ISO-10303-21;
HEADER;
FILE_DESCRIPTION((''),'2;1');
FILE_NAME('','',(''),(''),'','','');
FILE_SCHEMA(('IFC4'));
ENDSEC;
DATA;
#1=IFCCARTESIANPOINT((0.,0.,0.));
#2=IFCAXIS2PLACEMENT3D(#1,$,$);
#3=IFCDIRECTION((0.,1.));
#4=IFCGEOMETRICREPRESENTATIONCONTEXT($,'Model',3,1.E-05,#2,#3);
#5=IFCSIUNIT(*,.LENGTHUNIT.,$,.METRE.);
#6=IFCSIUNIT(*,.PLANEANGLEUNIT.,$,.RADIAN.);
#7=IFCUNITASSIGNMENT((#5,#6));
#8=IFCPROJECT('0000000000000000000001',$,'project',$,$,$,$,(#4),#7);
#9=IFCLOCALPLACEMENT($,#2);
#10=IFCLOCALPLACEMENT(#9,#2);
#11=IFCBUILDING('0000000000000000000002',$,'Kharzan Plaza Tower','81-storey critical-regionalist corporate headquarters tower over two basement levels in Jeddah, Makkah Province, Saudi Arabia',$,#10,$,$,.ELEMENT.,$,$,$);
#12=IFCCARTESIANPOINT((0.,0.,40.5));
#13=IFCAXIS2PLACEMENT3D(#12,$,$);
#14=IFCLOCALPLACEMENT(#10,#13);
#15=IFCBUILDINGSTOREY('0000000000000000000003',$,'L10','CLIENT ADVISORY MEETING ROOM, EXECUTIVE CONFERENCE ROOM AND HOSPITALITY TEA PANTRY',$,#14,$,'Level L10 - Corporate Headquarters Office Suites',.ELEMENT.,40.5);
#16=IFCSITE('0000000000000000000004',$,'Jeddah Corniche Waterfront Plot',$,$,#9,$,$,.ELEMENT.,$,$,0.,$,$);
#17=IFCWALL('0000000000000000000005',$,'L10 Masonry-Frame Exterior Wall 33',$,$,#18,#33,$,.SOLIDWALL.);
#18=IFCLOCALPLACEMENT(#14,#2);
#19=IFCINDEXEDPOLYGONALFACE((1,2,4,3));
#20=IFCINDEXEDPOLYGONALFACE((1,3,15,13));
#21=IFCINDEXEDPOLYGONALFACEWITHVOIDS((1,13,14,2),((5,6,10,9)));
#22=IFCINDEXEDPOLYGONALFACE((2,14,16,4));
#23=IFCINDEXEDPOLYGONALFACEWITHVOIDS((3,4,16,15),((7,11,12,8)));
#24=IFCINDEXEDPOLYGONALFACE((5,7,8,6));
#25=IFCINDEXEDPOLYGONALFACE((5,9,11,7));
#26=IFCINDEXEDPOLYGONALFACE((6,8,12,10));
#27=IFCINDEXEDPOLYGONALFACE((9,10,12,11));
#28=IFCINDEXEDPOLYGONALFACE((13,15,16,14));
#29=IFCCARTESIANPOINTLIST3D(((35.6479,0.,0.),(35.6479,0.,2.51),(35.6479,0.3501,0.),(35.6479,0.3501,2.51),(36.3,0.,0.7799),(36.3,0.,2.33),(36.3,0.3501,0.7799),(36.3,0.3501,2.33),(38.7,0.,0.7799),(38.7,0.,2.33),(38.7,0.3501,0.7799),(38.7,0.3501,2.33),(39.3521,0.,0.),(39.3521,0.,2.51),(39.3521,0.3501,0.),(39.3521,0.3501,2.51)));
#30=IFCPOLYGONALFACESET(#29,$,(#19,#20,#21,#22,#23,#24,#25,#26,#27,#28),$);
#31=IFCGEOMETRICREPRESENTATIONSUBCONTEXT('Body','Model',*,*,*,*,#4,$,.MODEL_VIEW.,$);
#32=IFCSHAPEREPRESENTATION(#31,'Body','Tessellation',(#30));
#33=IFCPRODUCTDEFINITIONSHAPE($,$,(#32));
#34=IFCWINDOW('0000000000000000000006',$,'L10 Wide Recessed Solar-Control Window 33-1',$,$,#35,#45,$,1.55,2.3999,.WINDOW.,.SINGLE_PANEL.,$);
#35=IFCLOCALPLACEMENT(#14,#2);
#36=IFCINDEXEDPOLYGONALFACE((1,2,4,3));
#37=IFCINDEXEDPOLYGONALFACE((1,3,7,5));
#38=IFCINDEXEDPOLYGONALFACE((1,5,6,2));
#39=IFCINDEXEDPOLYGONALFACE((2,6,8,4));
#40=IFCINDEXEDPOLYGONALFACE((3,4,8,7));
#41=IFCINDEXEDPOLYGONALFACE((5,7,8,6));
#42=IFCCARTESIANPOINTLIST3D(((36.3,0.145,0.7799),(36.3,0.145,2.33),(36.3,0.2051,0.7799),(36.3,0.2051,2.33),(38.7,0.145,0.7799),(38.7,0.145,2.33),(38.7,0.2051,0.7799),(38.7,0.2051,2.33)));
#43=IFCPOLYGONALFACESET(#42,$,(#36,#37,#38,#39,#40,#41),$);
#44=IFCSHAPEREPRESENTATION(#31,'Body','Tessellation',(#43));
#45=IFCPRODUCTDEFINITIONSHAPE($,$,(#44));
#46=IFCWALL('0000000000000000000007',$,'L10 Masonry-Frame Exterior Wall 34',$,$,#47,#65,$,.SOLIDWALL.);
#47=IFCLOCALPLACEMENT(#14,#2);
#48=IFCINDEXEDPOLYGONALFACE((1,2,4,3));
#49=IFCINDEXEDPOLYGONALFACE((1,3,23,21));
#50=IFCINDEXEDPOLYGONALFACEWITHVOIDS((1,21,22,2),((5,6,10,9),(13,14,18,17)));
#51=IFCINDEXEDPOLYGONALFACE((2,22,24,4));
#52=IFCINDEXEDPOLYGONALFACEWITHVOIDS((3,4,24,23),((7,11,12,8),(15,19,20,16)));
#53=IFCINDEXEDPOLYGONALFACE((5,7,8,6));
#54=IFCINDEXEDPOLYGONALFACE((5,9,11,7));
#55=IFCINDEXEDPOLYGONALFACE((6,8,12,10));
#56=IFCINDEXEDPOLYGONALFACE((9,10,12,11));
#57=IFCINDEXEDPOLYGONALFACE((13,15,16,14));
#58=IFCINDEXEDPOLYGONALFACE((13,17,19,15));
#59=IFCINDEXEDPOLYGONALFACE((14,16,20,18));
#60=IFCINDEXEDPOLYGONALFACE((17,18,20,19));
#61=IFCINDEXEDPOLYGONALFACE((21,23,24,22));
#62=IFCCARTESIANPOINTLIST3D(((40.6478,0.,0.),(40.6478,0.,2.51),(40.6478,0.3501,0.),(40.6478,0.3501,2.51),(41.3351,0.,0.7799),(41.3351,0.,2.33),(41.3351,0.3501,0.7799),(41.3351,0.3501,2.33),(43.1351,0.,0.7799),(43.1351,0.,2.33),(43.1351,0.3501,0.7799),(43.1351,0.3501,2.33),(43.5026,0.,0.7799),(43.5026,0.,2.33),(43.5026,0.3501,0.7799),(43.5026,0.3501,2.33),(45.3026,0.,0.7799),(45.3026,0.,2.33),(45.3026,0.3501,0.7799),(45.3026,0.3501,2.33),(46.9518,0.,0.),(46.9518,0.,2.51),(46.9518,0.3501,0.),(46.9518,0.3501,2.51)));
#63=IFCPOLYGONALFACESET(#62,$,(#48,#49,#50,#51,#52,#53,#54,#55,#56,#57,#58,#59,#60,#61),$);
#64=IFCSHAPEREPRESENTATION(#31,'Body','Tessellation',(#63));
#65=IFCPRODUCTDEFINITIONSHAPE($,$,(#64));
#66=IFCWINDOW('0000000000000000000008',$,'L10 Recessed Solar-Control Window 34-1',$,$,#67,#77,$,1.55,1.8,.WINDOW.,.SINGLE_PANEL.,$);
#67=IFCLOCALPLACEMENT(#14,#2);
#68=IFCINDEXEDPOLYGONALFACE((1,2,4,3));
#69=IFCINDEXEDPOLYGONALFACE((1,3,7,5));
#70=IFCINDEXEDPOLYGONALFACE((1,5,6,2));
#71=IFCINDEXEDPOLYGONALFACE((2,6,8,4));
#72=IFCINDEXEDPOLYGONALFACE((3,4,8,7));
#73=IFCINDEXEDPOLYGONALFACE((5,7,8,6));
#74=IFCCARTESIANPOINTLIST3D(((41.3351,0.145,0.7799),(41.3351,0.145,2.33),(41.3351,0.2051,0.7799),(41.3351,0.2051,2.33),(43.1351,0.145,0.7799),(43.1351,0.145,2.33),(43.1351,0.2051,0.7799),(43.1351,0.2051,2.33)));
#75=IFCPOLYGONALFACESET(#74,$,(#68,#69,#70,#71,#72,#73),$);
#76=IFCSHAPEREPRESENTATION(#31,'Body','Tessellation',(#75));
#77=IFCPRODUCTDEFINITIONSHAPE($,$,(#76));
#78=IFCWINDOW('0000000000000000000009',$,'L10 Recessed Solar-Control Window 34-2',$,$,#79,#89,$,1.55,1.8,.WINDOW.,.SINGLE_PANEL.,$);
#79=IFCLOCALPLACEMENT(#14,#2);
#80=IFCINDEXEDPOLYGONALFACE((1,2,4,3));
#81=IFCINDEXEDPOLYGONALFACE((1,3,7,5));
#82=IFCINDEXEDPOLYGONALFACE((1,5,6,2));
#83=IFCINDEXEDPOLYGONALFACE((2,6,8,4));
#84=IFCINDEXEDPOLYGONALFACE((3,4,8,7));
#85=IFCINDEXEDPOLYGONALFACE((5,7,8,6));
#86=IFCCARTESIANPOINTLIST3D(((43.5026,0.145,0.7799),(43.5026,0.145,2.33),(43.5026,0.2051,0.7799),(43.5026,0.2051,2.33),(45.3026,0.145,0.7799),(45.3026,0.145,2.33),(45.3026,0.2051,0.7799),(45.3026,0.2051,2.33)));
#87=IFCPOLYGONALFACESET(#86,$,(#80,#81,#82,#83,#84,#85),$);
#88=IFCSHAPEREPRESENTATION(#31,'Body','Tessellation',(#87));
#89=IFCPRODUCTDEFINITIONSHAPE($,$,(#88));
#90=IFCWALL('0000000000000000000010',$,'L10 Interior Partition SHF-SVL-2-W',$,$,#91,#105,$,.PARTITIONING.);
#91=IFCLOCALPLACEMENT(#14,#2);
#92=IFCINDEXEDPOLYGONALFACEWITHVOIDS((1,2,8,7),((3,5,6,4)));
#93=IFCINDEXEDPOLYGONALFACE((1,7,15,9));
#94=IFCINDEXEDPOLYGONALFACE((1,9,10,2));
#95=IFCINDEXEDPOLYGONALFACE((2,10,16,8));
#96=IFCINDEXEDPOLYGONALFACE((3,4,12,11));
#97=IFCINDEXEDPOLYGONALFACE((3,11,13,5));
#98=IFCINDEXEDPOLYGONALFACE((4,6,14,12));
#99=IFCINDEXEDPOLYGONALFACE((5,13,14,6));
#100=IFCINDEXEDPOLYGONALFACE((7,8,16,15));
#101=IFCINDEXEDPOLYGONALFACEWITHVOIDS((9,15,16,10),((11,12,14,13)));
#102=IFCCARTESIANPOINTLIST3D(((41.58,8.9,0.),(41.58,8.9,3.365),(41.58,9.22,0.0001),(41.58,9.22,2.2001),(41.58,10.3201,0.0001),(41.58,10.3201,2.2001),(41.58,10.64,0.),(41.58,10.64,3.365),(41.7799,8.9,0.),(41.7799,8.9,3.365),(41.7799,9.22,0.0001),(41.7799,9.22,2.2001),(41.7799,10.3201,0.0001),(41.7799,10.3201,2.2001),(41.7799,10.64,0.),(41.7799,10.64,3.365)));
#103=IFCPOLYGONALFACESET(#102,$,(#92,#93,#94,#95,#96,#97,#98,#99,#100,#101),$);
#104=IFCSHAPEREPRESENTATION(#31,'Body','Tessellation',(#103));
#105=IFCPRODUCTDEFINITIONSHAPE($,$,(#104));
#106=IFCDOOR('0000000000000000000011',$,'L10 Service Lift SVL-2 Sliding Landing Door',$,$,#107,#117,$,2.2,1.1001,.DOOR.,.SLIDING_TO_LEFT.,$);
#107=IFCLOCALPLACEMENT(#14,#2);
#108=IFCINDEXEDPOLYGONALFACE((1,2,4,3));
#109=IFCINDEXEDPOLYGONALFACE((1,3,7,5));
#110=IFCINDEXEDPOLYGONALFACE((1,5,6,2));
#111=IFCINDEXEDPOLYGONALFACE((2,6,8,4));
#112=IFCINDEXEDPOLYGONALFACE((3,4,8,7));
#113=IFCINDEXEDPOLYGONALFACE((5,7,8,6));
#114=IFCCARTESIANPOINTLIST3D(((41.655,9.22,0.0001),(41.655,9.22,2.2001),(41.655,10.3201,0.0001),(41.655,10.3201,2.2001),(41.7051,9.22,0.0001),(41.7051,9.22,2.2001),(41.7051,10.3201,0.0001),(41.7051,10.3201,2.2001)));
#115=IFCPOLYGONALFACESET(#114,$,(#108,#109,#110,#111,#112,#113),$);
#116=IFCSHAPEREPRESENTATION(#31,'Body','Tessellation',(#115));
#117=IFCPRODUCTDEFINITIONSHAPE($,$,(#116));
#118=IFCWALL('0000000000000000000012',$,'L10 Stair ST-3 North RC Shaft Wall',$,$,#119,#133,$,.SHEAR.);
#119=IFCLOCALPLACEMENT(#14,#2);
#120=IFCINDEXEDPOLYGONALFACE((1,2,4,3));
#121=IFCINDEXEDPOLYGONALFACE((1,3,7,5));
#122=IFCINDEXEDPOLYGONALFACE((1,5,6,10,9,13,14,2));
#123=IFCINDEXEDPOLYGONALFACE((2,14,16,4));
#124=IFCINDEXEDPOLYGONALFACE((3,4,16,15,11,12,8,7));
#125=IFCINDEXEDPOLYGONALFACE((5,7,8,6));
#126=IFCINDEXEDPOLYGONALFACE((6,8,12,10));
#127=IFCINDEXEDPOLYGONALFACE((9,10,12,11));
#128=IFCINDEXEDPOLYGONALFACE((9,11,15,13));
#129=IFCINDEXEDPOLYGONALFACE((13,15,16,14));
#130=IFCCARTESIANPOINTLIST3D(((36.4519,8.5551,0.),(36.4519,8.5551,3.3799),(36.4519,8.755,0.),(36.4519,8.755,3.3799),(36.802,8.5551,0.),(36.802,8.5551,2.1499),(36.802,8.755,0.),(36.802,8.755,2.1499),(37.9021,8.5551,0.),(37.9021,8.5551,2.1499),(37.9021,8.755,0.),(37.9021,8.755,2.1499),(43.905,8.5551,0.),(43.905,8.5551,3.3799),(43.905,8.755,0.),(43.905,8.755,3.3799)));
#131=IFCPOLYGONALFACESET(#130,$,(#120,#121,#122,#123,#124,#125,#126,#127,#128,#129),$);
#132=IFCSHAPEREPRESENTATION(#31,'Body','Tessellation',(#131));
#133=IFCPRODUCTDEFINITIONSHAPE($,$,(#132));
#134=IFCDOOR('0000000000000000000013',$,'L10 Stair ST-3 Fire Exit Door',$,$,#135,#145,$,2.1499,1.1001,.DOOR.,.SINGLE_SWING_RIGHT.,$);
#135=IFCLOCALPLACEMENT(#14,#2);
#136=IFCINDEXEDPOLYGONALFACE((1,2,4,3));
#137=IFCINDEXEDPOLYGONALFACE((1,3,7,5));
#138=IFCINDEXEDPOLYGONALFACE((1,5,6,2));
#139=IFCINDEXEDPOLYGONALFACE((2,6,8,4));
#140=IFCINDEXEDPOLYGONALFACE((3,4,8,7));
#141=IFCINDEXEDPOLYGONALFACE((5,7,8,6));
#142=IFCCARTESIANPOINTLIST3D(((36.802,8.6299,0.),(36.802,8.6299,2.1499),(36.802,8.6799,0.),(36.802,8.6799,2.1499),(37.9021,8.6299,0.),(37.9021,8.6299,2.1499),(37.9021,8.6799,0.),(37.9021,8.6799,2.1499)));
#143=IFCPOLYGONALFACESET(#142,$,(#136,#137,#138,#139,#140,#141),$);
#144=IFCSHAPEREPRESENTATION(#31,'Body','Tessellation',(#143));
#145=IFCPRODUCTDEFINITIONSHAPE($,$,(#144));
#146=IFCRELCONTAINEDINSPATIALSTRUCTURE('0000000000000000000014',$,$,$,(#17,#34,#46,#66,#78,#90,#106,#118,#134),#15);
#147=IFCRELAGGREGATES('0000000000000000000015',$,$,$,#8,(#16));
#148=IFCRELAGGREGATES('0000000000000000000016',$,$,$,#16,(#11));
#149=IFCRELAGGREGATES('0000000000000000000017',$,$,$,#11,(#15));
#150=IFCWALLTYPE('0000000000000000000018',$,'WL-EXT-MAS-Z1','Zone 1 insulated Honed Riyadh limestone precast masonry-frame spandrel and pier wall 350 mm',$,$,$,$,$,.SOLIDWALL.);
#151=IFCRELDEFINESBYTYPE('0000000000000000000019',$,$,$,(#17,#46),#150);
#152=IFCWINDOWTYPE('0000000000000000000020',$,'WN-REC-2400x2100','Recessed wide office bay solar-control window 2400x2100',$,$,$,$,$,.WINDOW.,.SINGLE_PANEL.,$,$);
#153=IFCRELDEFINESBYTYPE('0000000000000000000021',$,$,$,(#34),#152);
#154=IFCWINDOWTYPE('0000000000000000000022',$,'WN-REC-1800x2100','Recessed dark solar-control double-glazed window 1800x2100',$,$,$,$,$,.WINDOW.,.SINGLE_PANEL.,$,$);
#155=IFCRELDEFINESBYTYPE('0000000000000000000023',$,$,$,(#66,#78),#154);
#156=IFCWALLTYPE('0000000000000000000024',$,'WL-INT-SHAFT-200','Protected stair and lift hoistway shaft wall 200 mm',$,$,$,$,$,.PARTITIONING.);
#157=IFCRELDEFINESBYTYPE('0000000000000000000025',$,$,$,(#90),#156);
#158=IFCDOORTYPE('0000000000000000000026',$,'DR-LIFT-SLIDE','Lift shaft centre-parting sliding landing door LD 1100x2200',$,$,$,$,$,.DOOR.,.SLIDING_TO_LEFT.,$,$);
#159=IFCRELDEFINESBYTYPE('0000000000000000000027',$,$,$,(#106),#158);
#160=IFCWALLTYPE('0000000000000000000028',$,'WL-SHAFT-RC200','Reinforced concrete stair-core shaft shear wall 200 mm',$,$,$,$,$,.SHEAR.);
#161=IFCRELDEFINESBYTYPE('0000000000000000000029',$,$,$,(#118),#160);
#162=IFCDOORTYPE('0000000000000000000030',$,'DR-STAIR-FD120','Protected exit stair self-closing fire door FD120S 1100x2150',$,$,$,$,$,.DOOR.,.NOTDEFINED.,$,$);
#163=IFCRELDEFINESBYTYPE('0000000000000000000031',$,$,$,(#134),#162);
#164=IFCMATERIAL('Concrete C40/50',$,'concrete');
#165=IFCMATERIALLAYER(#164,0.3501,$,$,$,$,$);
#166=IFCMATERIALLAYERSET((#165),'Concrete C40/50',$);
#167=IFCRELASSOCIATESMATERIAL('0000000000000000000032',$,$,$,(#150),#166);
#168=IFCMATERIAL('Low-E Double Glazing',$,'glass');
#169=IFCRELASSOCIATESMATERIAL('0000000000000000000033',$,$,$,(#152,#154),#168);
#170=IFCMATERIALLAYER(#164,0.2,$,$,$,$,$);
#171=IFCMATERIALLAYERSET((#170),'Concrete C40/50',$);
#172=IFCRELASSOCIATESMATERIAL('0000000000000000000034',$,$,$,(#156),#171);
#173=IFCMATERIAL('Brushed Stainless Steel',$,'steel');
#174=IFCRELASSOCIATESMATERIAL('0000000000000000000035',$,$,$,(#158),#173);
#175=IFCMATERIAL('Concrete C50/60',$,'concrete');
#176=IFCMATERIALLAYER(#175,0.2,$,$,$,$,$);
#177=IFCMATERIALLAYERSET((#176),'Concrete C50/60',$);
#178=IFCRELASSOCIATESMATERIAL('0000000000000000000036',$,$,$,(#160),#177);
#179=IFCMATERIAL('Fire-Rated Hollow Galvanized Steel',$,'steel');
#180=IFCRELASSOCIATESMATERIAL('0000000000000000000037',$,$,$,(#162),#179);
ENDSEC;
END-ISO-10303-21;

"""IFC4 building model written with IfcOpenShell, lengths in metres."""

from ifc_helpers import new_model, si_unit, direction, frame, frame_2d, origin, place, context, subcontext, project, spatial, rectangle, extrude, source, transform, mapped, material, layer, layer_set, type_object, element, fill, save


model = new_model("IFC4")

# Units and contexts
model_context = context("Model", 3, precision=1e-05, world=origin(), true_north=direction((0.0, 1.0)))
body_context = subcontext(model_context, "Body", "Model", "MODEL_VIEW")
ifc_project = project(units=[si_unit("LENGTHUNIT", "METRE"), si_unit("PLANEANGLEUNIT", "RADIAN")], contexts=[model_context])

# Site, building, storey
site_placement = place(None, origin())
site = spatial("IfcSite", under=ifc_project, at=site_placement, Name="Jeddah Corniche Waterfront Plot", CompositionType="ELEMENT", RefElevation=0.0)
building_placement = place(site_placement, origin())
building = spatial("IfcBuilding", under=site, at=building_placement, Name="Kharzan Plaza Tower", Description="81-storey critical-regionalist corporate headquarters tower over two basement levels in Jeddah, Makkah Province, Saudi Arabia", CompositionType="ELEMENT")
storey_placement = place(building_placement, frame((0.0, 0.0, 40.5)))
storey = spatial("IfcBuildingStorey", under=building, at=storey_placement, Name="L10", Description="CLIENT ADVISORY MEETING ROOM, EXECUTIVE CONFERENCE ROOM AND HOSPITALITY TEA PANTRY", LongName="Level L10 - Corporate Headquarters Office Suites", CompositionType="ELEMENT", Elevation=40.5)

# Wall, opening, window
ifc_material_1 = material(Name="Concrete C40/50", Category="concrete")
ifc_layer_1 = layer(ifc_material_1, 0.3501)
ifc_layer_set_1 = layer_set([ifc_layer_1], Name="Concrete C40/50")
wall_type_1 = type_object("IfcWallType", Name="WL-EXT-MAS-Z1", Description="Zone 1 insulated Honed Riyadh limestone precast masonry-frame spandrel and pier wall 350 mm", PredefinedType="SOLIDWALL", material=ifc_layer_set_1)
wall_1_placement = place(storey_placement, frame((35.6479, 0.175, 0.0), z_axis=(0.0, 0.0, 1.0), x_axis=(1.0, 0.0, 0.0)))
wall_1 = element("IfcWall", 1, at=wall_1_placement, inside=storey, type_object=wall_type_1, Name="L10 Masonry-Frame Exterior Wall 33", PredefinedType="SOLIDWALL", context=body_context, shape_type="SweptSolid", body=[
    extrude(rectangle(XDim=3.7041, YDim=0.3501, at=frame_2d((1.8521, 0.0))), origin(), (0.0, 0.0, 1.0), 2.51),
])
opening_1_placement = place(wall_1_placement, frame((0.6521, 0.0, 0.78)))
opening_1 = element("IfcOpeningElement", 2, at=opening_1_placement, cuts=wall_1, PredefinedType="OPENING", context=body_context, shape_type="SweptSolid", body=[
    extrude(rectangle(XDim=2.3999, YDim=1.55, at=frame_2d((1.2, 0.7749))), frame((0.0, 0.1851, 0.0), z_axis=(0.0, -1.0, 0.0), x_axis=(1.0, 0.0, 0.0)), (0.0, 0.0, 1.0), 0.3701),
])
ifc_material_2 = material(Name="Low-E Double Glazing", Category="glass")
window_type_1 = type_object("IfcWindowType", Name="WN-REC-2400x2100", Description="Recessed wide office bay solar-control window 2400x2100", PartitioningType="SINGLE_PANEL", PredefinedType="WINDOW", material=ifc_material_2)
shared_shape_1 = source(origin(), body_context, "Body", "SweptSolid", [
    extrude(rectangle(XDim=2.3999, YDim=1.55, at=frame_2d((1.2, 0.7749))), frame((0.0, 0.03, 0.0), z_axis=(0.0, -1.0, 0.0), x_axis=(1.0, 0.0, 0.0)), (0.0, 0.0, 1.0), 0.0601),
])
window_1_placement = place(opening_1_placement, origin())
window_1 = element("IfcWindow", 3, at=window_1_placement, inside=storey, type_object=window_type_1, Name="L10 Wide Recessed Solar-Control Window 33-1", OverallHeight=1.55, OverallWidth=2.3999, PartitioningType="SINGLE_PANEL", PredefinedType="WINDOW", context=body_context, shape_type="MappedRepresentation", body=[
    mapped(shared_shape_1, transform((0.0, 0.0, 0.0), x_axis=(1.0, 0.0, 0.0), y_axis=(0.0, 1.0, 0.0), z_axis=(0.0, 0.0, 1.0))),
])
fill(opening_1, window_1)

# Wall, openings, windows
wall_2_placement = place(storey_placement, frame((40.6479, 0.175, 0.0), z_axis=(0.0, 0.0, 1.0), x_axis=(1.0, 0.0, 0.0)))
wall_2 = element("IfcWall", 4, at=wall_2_placement, inside=storey, type_object=wall_type_1, Name="L10 Masonry-Frame Exterior Wall 34", PredefinedType="SOLIDWALL", context=body_context, shape_type="SweptSolid", body=[
    extrude(rectangle(XDim=6.304, YDim=0.3501, at=frame_2d((3.1519, 0.0))), origin(), (0.0, 0.0, 1.0), 2.51),
])
opening_2_placement = place(wall_2_placement, frame((0.6873, 0.0, 0.78)))
opening_2 = element("IfcOpeningElement", 5, at=opening_2_placement, cuts=wall_2, PredefinedType="OPENING", context=body_context, shape_type="SweptSolid", body=[
    extrude(rectangle(XDim=1.8, YDim=1.55, at=frame_2d((0.8999, 0.7749))), frame((0.0, 0.1851, 0.0), z_axis=(0.0, -1.0, 0.0), x_axis=(1.0, 0.0, 0.0)), (0.0, 0.0, 1.0), 0.3701),
])
opening_3_placement = place(wall_2_placement, frame((2.8547, 0.0, 0.78)))
opening_3 = element("IfcOpeningElement", 6, at=opening_3_placement, cuts=wall_2, PredefinedType="OPENING", context=body_context, shape_type="SweptSolid", body=[
    extrude(rectangle(XDim=1.8, YDim=1.55, at=frame_2d((0.8999, 0.7749))), frame((0.0, 0.1851, 0.0), z_axis=(0.0, -1.0, 0.0), x_axis=(1.0, 0.0, 0.0)), (0.0, 0.0, 1.0), 0.3701),
])
window_type_2 = type_object("IfcWindowType", Name="WN-REC-1800x2100", Description="Recessed dark solar-control double-glazed window 1800x2100", PartitioningType="SINGLE_PANEL", PredefinedType="WINDOW", material=ifc_material_2)
shared_shape_2 = source(origin(), body_context, "Body", "SweptSolid", [
    extrude(rectangle(XDim=1.8, YDim=1.55, at=frame_2d((0.8999, 0.7749))), frame((0.0, 0.03, 0.0), z_axis=(0.0, -1.0, 0.0), x_axis=(1.0, 0.0, 0.0)), (0.0, 0.0, 1.0), 0.0601),
])
window_2_placement = place(opening_2_placement, origin())
window_2 = element("IfcWindow", 7, at=window_2_placement, inside=storey, type_object=window_type_2, Name="L10 Recessed Solar-Control Window 34-1", OverallHeight=1.55, OverallWidth=1.8, PartitioningType="SINGLE_PANEL", PredefinedType="WINDOW", context=body_context, shape_type="MappedRepresentation", body=[
    mapped(shared_shape_2, transform((0.0, 0.0, 0.0), x_axis=(1.0, 0.0, 0.0), y_axis=(0.0, 1.0, 0.0), z_axis=(0.0, 0.0, 1.0))),
])
fill(opening_2, window_2)
window_3_placement = place(opening_3_placement, origin())
window_3 = element("IfcWindow", 8, at=window_3_placement, inside=storey, type_object=window_type_2, Name="L10 Recessed Solar-Control Window 34-2", OverallHeight=1.55, OverallWidth=1.8, PartitioningType="SINGLE_PANEL", PredefinedType="WINDOW", context=body_context, shape_type="MappedRepresentation", body=[
    mapped(shared_shape_2, transform((0.0, 0.0, 0.0), x_axis=(1.0, 0.0, 0.0), y_axis=(0.0, 1.0, 0.0), z_axis=(0.0, 0.0, 1.0))),
])
fill(opening_3, window_3)

# Walls, openings, doors
ifc_layer_2 = layer(ifc_material_1, 0.2)
ifc_layer_set_2 = layer_set([ifc_layer_2], Name="Concrete C40/50")
wall_type_2 = type_object("IfcWallType", Name="WL-INT-SHAFT-200", Description="Protected stair and lift hoistway shaft wall 200 mm", PredefinedType="PARTITIONING", material=ifc_layer_set_2)
wall_3_placement = place(storey_placement, frame((41.6799, 8.8999, 0.0), z_axis=(0.0, 0.0, 1.0), x_axis=(0.0, 1.0, 0.0)))
wall_3 = element("IfcWall", 9, at=wall_3_placement, inside=storey, type_object=wall_type_2, Name="L10 Interior Partition SHF-SVL-2-W", PredefinedType="PARTITIONING", context=body_context, shape_type="SweptSolid", body=[
    extrude(rectangle(XDim=1.74, YDim=0.2, at=frame_2d((0.8701, 0.0))), origin(), (0.0, 0.0, 1.0), 3.365),
])
opening_4_placement = place(wall_3_placement, frame((0.3201, 0.0, 0.0)))
opening_4 = element("IfcOpeningElement", 10, at=opening_4_placement, cuts=wall_3, PredefinedType="OPENING", context=body_context, shape_type="SweptSolid", body=[
    extrude(rectangle(XDim=1.1001, YDim=2.2, at=frame_2d((0.55, 1.1001))), frame((0.0, 0.1099, 0.0), z_axis=(0.0, -1.0, 0.0), x_axis=(1.0, 0.0, 0.0)), (0.0, 0.0, 1.0), 0.22),
])
ifc_material_3 = material(Name="Brushed Stainless Steel", Category="steel")
door_type_1 = type_object("IfcDoorType", Name="DR-LIFT-SLIDE", Description="Lift shaft centre-parting sliding landing door LD 1100x2200", OperationType="SLIDING_TO_LEFT", PredefinedType="DOOR", material=ifc_material_3)
shared_shape_3 = source(origin(), body_context, "Body", "SweptSolid", [
    extrude(rectangle(XDim=1.1001, YDim=2.2, at=frame_2d((0.55, 1.1001))), frame((0.0, 0.0249, 0.0), z_axis=(0.0, -1.0, 0.0), x_axis=(1.0, 0.0, 0.0)), (0.0, 0.0, 1.0), 0.05),
])
door_1_placement = place(opening_4_placement, origin())
door_1 = element("IfcDoor", 11, at=door_1_placement, inside=storey, type_object=door_type_1, Name="L10 Service Lift SVL-2 Sliding Landing Door", OperationType="SLIDING_TO_LEFT", OverallHeight=2.2, OverallWidth=1.1001, PredefinedType="DOOR", context=body_context, shape_type="MappedRepresentation", body=[
    mapped(shared_shape_3, transform((0.0, 0.0, 0.0), x_axis=(1.0, 0.0, 0.0), y_axis=(0.0, 1.0, 0.0), z_axis=(0.0, 0.0, 1.0))),
])
fill(opening_4, door_1)
ifc_material_4 = material(Name="Concrete C50/60", Category="concrete")
ifc_layer_3 = layer(ifc_material_4, 0.2)
ifc_layer_set_3 = layer_set([ifc_layer_3], Name="Concrete C50/60")
wall_type_3 = type_object("IfcWallType", Name="WL-SHAFT-RC200", Description="Reinforced concrete stair-core shaft shear wall 200 mm", PredefinedType="SHEAR", material=ifc_layer_set_3)
wall_4_placement = place(storey_placement, frame((36.4519, 8.655, 0.0), z_axis=(0.0, 0.0, 1.0), x_axis=(1.0, 0.0, 0.0)))
wall_4 = element("IfcWall", 12, at=wall_4_placement, inside=storey, type_object=wall_type_3, Name="L10 Stair ST-3 North RC Shaft Wall", PredefinedType="SHEAR", context=body_context, shape_type="SweptSolid", body=[
    extrude(rectangle(XDim=7.4531, YDim=0.2, at=frame_2d((3.7266, 0.0))), origin(), (0.0, 0.0, 1.0), 3.3799),
])
opening_5_placement = place(wall_4_placement, frame((0.3501, 0.0, 0.0)))
opening_5 = element("IfcOpeningElement", 13, at=opening_5_placement, cuts=wall_4, PredefinedType="OPENING", context=body_context, shape_type="SweptSolid", body=[
    extrude(rectangle(XDim=1.1001, YDim=2.1499, at=frame_2d((0.55, 1.075))), frame((0.0, 0.1099, 0.0), z_axis=(0.0, -1.0, 0.0), x_axis=(1.0, 0.0, 0.0)), (0.0, 0.0, 1.0), 0.22),
])
ifc_material_5 = material(Name="Fire-Rated Hollow Galvanized Steel", Category="steel")
door_type_2 = type_object("IfcDoorType", Name="DR-STAIR-FD120", Description="Protected exit stair self-closing fire door FD120S 1100x2150", OperationType="NOTDEFINED", PredefinedType="DOOR", material=ifc_material_5)
shared_shape_4 = source(origin(), body_context, "Body", "SweptSolid", [
    extrude(rectangle(XDim=1.1001, YDim=2.1499, at=frame_2d((0.55, 1.075))), frame((0.0, 0.0249, 0.0), z_axis=(0.0, -1.0, 0.0), x_axis=(1.0, 0.0, 0.0)), (0.0, 0.0, 1.0), 0.05),
])
door_2_placement = place(opening_5_placement, origin())
door_2 = element("IfcDoor", 14, at=door_2_placement, inside=storey, type_object=door_type_2, Name="L10 Stair ST-3 Fire Exit Door", OperationType="SINGLE_SWING_RIGHT", OverallHeight=2.1499, OverallWidth=1.1001, PredefinedType="DOOR", context=body_context, shape_type="MappedRepresentation", body=[
    mapped(shared_shape_4, transform((0.0, 0.0, 0.0), x_axis=(1.0, 0.0, 0.0), y_axis=(0.0, 1.0, 0.0), z_axis=(0.0, 0.0, 1.0))),
])
fill(opening_5, door_2)

save(model, "model.ifc")
